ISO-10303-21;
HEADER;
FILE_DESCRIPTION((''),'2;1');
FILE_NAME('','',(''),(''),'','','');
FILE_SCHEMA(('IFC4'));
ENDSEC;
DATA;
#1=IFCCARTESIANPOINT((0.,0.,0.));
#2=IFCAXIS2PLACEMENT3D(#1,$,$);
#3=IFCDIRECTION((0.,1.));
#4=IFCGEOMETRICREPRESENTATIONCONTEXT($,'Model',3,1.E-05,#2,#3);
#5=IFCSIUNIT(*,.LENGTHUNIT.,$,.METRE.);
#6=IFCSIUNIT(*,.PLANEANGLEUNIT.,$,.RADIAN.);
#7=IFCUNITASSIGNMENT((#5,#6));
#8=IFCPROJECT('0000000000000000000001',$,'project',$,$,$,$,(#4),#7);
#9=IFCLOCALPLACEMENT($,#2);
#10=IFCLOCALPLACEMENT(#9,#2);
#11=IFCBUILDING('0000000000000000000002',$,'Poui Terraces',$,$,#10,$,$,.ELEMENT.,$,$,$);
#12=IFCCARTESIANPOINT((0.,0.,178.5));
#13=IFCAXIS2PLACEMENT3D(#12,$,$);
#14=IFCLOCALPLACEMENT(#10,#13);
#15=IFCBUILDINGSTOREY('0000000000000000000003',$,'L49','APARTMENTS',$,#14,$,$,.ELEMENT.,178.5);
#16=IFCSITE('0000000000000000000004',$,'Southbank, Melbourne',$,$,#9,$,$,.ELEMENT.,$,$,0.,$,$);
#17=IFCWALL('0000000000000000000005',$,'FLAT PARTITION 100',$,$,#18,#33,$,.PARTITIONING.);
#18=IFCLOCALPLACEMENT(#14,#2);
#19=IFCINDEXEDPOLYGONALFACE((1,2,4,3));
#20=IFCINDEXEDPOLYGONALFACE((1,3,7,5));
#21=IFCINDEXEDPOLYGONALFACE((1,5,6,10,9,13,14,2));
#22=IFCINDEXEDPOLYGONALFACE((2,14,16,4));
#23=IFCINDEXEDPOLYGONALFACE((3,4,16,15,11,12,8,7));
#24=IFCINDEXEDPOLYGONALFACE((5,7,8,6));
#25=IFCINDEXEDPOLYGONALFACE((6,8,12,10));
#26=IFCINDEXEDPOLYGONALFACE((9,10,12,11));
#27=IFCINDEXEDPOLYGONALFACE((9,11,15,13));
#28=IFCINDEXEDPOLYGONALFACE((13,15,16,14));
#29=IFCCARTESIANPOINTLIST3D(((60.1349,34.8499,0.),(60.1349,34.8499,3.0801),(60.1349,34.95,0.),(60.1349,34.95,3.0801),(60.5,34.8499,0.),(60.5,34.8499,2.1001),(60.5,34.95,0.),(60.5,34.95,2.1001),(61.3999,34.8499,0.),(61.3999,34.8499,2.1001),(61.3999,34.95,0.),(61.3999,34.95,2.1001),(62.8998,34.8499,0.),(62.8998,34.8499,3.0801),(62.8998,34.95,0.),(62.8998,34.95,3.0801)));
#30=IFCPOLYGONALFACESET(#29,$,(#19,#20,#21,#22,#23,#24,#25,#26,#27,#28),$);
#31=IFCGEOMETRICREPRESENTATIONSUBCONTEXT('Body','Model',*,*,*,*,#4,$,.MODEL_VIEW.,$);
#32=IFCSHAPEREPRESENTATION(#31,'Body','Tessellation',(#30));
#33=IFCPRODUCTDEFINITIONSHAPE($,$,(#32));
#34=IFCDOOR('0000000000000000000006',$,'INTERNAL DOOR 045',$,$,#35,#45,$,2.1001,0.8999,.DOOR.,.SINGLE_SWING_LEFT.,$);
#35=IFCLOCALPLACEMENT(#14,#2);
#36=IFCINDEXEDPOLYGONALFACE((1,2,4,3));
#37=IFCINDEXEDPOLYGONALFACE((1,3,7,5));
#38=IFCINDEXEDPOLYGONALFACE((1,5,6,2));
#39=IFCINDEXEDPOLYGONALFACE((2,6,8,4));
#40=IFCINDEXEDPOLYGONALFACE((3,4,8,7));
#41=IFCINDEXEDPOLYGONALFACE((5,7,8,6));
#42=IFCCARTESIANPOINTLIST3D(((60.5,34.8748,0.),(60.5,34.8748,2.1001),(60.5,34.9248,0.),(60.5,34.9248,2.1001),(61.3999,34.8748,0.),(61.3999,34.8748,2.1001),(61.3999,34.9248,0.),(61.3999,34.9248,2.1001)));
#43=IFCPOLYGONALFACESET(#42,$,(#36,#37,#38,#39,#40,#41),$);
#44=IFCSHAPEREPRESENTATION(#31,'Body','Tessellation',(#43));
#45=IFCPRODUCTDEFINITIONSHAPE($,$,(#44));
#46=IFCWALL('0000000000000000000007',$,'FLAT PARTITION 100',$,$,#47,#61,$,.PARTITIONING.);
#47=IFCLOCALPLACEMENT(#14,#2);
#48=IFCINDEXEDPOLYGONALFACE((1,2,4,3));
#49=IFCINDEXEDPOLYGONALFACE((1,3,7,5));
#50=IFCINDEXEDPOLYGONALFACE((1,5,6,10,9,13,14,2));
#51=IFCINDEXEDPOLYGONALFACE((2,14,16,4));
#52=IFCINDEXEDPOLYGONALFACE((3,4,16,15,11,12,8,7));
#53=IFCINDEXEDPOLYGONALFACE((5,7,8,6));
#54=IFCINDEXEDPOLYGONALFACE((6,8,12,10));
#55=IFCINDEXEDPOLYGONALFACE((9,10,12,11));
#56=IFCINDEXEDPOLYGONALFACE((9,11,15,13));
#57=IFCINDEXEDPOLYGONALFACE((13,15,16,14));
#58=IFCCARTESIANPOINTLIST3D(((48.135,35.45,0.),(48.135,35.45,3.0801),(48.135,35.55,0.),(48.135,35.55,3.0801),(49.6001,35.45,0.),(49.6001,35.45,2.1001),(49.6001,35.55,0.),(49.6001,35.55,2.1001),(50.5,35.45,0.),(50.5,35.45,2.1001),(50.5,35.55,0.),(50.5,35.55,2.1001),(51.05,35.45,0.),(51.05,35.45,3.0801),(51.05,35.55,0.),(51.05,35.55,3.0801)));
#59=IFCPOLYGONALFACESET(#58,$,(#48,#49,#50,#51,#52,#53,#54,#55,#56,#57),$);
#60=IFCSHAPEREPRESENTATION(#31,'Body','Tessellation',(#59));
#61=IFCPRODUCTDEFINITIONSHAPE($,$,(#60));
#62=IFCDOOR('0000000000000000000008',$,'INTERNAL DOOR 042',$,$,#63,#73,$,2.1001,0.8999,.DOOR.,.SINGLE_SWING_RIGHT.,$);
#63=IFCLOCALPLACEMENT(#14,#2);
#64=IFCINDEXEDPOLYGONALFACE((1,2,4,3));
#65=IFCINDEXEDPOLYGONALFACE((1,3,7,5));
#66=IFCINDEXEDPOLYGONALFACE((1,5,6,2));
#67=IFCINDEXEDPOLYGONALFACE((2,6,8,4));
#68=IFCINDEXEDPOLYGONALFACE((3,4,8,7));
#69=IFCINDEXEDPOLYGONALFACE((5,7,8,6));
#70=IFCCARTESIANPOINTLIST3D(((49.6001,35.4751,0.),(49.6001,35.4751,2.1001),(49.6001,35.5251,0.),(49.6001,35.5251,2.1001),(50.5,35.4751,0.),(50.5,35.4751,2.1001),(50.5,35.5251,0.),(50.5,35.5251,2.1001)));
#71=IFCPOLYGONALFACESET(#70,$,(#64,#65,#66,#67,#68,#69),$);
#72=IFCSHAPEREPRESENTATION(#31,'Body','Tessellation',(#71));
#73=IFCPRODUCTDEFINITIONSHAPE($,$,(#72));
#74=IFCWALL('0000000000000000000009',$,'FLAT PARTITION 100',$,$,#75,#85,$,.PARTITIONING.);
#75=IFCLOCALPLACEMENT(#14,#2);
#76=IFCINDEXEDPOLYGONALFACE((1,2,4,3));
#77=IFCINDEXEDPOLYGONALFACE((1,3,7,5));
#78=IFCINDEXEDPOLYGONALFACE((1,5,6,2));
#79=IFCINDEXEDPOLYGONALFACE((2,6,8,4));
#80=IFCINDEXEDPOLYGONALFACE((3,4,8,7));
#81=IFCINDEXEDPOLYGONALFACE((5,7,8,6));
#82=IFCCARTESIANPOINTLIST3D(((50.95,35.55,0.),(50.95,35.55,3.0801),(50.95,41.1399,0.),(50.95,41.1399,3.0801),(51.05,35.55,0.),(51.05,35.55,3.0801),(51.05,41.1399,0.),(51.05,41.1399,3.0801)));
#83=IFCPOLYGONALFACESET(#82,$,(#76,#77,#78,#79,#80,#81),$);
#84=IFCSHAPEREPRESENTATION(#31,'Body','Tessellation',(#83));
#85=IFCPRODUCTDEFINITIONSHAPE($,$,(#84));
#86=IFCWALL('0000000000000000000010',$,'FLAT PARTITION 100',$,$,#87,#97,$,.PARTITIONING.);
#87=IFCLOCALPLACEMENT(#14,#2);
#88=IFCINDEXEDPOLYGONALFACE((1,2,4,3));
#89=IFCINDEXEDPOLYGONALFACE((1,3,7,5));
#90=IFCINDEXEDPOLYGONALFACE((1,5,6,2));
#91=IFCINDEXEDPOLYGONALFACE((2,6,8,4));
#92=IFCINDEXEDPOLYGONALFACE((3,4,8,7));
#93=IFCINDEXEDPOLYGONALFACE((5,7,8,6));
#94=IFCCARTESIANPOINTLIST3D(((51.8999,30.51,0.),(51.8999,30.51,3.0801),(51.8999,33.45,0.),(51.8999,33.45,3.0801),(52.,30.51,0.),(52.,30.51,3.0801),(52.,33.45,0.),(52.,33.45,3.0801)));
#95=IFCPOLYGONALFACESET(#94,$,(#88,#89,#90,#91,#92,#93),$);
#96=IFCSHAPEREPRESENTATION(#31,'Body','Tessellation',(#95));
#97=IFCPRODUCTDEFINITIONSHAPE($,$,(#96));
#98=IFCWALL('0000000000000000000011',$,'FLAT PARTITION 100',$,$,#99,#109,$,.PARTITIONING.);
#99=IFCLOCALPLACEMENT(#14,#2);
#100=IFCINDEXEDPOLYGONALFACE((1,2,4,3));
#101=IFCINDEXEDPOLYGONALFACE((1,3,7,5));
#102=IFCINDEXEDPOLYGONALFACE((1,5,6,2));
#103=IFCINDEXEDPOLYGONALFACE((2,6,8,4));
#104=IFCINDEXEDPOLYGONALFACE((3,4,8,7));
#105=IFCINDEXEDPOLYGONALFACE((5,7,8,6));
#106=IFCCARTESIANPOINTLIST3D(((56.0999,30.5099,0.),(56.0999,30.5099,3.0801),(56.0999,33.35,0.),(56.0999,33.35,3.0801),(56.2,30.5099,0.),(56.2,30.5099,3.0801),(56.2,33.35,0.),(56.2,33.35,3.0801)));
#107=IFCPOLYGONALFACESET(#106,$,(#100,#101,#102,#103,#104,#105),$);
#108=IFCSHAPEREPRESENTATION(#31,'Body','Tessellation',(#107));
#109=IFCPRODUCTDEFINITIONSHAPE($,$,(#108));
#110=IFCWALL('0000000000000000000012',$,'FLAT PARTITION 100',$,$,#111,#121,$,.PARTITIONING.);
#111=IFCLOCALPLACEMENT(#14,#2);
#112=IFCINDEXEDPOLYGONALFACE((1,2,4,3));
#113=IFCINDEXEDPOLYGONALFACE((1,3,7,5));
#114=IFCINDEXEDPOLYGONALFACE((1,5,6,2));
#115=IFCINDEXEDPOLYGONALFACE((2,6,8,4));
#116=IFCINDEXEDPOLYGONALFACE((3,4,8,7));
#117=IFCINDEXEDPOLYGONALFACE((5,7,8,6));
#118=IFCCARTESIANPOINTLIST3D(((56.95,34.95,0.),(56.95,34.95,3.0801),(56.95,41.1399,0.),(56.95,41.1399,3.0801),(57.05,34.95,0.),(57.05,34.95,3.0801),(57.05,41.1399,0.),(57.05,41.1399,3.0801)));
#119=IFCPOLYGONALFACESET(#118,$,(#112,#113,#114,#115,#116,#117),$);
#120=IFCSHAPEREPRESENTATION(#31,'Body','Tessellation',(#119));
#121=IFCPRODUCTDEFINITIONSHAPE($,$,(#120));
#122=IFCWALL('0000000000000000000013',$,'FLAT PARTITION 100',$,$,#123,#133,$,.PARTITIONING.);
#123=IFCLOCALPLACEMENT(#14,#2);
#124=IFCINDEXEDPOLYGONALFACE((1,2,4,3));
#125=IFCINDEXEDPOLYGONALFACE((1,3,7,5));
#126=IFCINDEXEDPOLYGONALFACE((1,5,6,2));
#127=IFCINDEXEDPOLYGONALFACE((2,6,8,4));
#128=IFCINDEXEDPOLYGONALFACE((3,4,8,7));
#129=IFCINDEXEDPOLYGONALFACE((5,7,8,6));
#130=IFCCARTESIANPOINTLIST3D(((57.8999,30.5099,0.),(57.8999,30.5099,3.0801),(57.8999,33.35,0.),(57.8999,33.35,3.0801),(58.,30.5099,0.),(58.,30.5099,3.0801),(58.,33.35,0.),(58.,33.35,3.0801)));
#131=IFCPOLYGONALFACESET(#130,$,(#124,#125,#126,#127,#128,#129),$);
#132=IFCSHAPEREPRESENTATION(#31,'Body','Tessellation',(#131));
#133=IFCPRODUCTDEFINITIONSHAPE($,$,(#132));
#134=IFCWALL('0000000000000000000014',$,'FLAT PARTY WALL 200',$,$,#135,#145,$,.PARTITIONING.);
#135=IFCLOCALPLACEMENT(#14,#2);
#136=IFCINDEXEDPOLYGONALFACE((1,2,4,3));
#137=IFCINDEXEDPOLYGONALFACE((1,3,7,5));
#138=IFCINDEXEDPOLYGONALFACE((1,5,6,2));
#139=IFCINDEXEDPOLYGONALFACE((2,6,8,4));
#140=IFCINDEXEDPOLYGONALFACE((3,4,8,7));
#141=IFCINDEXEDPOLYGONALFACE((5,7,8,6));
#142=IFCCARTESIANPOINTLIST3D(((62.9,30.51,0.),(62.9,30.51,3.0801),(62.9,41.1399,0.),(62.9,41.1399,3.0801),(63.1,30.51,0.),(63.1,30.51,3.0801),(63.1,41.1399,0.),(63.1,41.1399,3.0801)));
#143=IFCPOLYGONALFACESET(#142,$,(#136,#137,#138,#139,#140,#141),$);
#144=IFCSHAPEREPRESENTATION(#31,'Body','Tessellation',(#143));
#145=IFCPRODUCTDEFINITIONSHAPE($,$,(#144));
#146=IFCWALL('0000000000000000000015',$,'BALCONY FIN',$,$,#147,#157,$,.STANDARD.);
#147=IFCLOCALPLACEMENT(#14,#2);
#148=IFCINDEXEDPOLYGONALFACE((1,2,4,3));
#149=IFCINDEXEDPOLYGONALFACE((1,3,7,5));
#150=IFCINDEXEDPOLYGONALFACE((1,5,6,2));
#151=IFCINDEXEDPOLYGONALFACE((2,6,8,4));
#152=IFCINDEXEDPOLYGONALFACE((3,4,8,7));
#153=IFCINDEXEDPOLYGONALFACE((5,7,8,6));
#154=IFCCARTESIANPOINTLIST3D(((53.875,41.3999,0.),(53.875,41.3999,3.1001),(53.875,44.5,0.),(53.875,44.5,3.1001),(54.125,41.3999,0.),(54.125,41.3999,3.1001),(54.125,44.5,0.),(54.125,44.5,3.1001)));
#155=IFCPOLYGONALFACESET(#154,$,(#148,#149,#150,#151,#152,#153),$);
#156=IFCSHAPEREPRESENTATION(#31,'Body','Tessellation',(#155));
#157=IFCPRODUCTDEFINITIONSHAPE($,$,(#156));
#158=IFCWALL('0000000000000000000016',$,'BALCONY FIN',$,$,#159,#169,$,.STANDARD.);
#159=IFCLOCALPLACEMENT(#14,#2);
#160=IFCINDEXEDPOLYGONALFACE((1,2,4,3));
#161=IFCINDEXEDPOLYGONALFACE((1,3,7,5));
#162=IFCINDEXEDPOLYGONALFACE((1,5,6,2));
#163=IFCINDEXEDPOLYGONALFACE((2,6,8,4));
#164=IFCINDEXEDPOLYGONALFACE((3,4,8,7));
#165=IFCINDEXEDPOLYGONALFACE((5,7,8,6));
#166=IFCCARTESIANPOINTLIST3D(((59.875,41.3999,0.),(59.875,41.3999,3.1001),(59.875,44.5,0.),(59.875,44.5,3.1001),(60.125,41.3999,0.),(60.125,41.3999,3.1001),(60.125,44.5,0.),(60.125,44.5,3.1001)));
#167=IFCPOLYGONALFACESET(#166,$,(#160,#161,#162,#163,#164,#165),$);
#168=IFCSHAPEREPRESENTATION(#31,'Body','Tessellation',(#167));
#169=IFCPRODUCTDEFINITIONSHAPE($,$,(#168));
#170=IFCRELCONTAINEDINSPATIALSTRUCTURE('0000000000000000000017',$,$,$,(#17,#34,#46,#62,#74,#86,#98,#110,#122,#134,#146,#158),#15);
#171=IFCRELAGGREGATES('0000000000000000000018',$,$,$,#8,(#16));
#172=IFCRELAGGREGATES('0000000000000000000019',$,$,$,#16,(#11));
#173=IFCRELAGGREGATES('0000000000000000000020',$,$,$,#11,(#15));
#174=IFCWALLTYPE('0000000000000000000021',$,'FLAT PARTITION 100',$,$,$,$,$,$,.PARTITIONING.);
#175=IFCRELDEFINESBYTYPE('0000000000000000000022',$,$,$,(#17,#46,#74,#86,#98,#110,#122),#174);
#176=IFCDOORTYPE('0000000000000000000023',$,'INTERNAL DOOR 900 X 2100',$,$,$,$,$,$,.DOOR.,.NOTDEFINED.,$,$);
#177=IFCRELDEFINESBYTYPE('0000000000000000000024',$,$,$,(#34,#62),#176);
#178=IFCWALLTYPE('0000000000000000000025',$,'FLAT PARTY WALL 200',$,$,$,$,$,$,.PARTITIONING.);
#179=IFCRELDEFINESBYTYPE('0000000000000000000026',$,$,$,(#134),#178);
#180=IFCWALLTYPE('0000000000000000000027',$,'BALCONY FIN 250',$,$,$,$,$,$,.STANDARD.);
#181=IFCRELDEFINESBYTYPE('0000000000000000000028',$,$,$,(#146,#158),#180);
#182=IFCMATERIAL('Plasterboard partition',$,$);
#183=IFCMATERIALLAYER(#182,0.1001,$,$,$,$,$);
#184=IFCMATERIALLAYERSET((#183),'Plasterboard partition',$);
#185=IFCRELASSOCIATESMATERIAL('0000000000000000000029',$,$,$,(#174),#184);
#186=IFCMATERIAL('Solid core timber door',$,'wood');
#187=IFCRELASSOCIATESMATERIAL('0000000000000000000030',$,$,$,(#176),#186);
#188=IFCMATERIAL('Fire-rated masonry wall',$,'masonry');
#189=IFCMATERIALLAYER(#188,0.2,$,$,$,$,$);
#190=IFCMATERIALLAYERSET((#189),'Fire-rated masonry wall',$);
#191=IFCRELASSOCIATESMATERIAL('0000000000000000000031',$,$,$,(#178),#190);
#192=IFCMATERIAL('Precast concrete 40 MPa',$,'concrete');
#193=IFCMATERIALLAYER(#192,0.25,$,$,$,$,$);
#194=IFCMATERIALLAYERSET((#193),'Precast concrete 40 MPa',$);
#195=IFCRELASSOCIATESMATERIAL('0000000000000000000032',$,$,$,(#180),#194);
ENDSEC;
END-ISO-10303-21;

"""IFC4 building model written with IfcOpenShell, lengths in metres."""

from ifc_helpers import new_model, si_unit, direction, frame, frame_2d, origin, place, context, subcontext, project, spatial, polyline, rectangle, outline, extrude, source, transform, mapped, material, layer, layer_set, type_object, element, fill, save


model = new_model("IFC4")

# Units and contexts
model_context = context("Model", 3, precision=1e-05, world=origin(), true_north=direction((0.0, 1.0)))
body_context = subcontext(model_context, "Body", "Model", "MODEL_VIEW")
ifc_project = project(units=[si_unit("LENGTHUNIT", "METRE"), si_unit("PLANEANGLEUNIT", "RADIAN")], contexts=[model_context])

# Site, building, storey
site_placement = place(None, origin())
site = spatial("IfcSite", under=ifc_project, at=site_placement, Name="Southbank, Melbourne", CompositionType="ELEMENT", RefElevation=0.0)
building_placement = place(site_placement, origin())
building = spatial("IfcBuilding", under=site, at=building_placement, Name="Poui Terraces", CompositionType="ELEMENT")
storey_placement = place(building_placement, frame((0.0, 0.0, 178.5)))
storey = spatial("IfcBuildingStorey", under=building, at=storey_placement, Name="L49", Description="APARTMENTS", CompositionType="ELEMENT", Elevation=178.5)

# Walls, openings, doors
ifc_material_1 = material(Name="Plasterboard partition")
ifc_layer_1 = layer(ifc_material_1, 0.1001)
ifc_layer_set_1 = layer_set([ifc_layer_1], Name="Plasterboard partition")
wall_type_1 = type_object("IfcWallType", Name="FLAT PARTITION 100", PredefinedType="PARTITIONING", material=ifc_layer_set_1)
ifc_material_2 = material(Name="Solid core timber door", Category="wood")
door_type_1 = type_object("IfcDoorType", Name="INTERNAL DOOR 900 X 2100", OperationType="NOTDEFINED", PredefinedType="DOOR", material=ifc_material_2)
wall_1_placement = place(storey_placement, frame((60.135, 34.8999, 0.0), z_axis=(0.0, 0.0, 1.0), x_axis=(1.0, 0.0, 0.0)))
wall_1 = element("IfcWall", 1, at=wall_1_placement, inside=storey, type_object=wall_type_1, Name="FLAT PARTITION 100", PredefinedType="PARTITIONING", context=body_context, shape_type="SweptSolid", body=[
    extrude(rectangle(XDim=2.7649, YDim=0.1001, at=frame_2d((1.3823, 0.0))), origin(), (0.0, 0.0, 1.0), 3.0801),
])
opening_1_placement = place(wall_1_placement, frame((0.365, 0.0, 0.0)))
opening_1 = element("IfcOpeningElement", 2, at=opening_1_placement, cuts=wall_1, PredefinedType="OPENING", context=body_context, shape_type="SweptSolid", body=[
    extrude(rectangle(XDim=0.8999, YDim=2.1001, at=frame_2d((0.45, 1.05))), frame((0.0, 0.0601, 0.0), z_axis=(0.0, -1.0, 0.0), x_axis=(1.0, 0.0, 0.0)), (0.0, 0.0, 1.0), 0.1201),
])
door_1_placement = place(opening_1_placement, origin())
door_1 = element("IfcDoor", 3, at=door_1_placement, inside=storey, type_object=door_type_1, Name="INTERNAL DOOR 045", OperationType="SINGLE_SWING_LEFT", OverallHeight=2.1001, OverallWidth=0.8999, PredefinedType="DOOR", context=body_context, shape_type="SweptSolid", body=[
    extrude(rectangle(XDim=0.8999, YDim=2.1001, at=frame_2d((0.45, 1.05))), frame((0.0, 0.0249, 0.0), z_axis=(0.0, -1.0, 0.0), x_axis=(1.0, 0.0, 0.0)), (0.0, 0.0, 1.0), 0.05),
])
fill(opening_1, door_1)
wall_2_placement = place(storey_placement, frame((48.135, 35.5, 0.0), z_axis=(0.0, 0.0, 1.0), x_axis=(1.0, 0.0, 0.0)))
wall_2 = element("IfcWall", 4, at=wall_2_placement, inside=storey, type_object=wall_type_1, Name="FLAT PARTITION 100", PredefinedType="PARTITIONING", context=body_context, shape_type="SweptSolid", body=[
    extrude(rectangle(XDim=2.915, YDim=0.1001, at=frame_2d((1.4575, 0.0))), origin(), (0.0, 0.0, 1.0), 3.0801),
])
opening_2_placement = place(wall_2_placement, frame((1.4651, 0.0, 0.0)))
opening_2 = element("IfcOpeningElement", 5, at=opening_2_placement, cuts=wall_2, PredefinedType="OPENING", context=body_context, shape_type="SweptSolid", body=[
    extrude(rectangle(XDim=0.8999, YDim=2.1001, at=frame_2d((0.45, 1.05))), frame((0.0, 0.0601, 0.0), z_axis=(0.0, -1.0, 0.0), x_axis=(1.0, 0.0, 0.0)), (0.0, 0.0, 1.0), 0.1201),
])
door_2_placement = place(opening_2_placement, frame((0.8999, 0.0, 0.0), z_axis=(0.0, 0.0, 1.0), x_axis=(-1.0, 0.0, 0.0)))
door_2 = element("IfcDoor", 6, at=door_2_placement, inside=storey, type_object=door_type_1, Name="INTERNAL DOOR 042", OperationType="SINGLE_SWING_RIGHT", OverallHeight=2.1001, OverallWidth=0.8999, PredefinedType="DOOR", context=body_context, shape_type="SweptSolid", body=[
    extrude(rectangle(XDim=0.8999, YDim=2.1001, at=frame_2d((0.45, 1.05))), frame((0.0, 0.0249, 0.0), z_axis=(0.0, -1.0, 0.0), x_axis=(1.0, 0.0, 0.0)), (0.0, 0.0, 1.0), 0.05),
])
fill(opening_2, door_2)

# Walls
wall_3_placement = place(storey_placement, frame((51.0, 35.55, 0.0), z_axis=(0.0, 0.0, 1.0), x_axis=(0.0, 1.0, 0.0)))
element("IfcWall", 7, at=wall_3_placement, inside=storey, type_object=wall_type_1, Name="FLAT PARTITION 100", PredefinedType="PARTITIONING", context=body_context, shape_type="SweptSolid", body=[
    extrude(rectangle(XDim=5.5898, YDim=0.1001, at=frame_2d((2.7949, 0.0))), origin(), (0.0, 0.0, 1.0), 3.0801),
])
wall_4_placement = place(storey_placement, frame((51.95, 30.51, 0.0), z_axis=(0.0, 0.0, 1.0), x_axis=(0.0, 1.0, 0.0)))
element("IfcWall", 8, at=wall_4_placement, inside=storey, type_object=wall_type_1, Name="FLAT PARTITION 100", PredefinedType="PARTITIONING", context=body_context, shape_type="SweptSolid", body=[
    extrude(rectangle(XDim=2.9399, YDim=0.1001, at=frame_2d((1.47, 0.0))), origin(), (0.0, 0.0, 1.0), 3.0801),
])
wall_5_placement = place(storey_placement, frame((56.1499, 30.51, 0.0), z_axis=(0.0, 0.0, 1.0), x_axis=(0.0, 1.0, 0.0)))
element("IfcWall", 9, at=wall_5_placement, inside=storey, type_object=wall_type_1, Name="FLAT PARTITION 100", PredefinedType="PARTITIONING", context=body_context, shape_type="SweptSolid", body=[
    extrude(rectangle(XDim=2.8401, YDim=0.1001, at=frame_2d((1.4199, 0.0))), origin(), (0.0, 0.0, 1.0), 3.0801),
])
wall_6_placement = place(storey_placement, frame((57.0, 34.95, 0.0), z_axis=(0.0, 0.0, 1.0), x_axis=(0.0, 1.0, 0.0)))
element("IfcWall", 10, at=wall_6_placement, inside=storey, type_object=wall_type_1, Name="FLAT PARTITION 100", PredefinedType="PARTITIONING", context=body_context, shape_type="SweptSolid", body=[
    extrude(rectangle(XDim=6.1899, YDim=0.1001, at=frame_2d((3.095, 0.0))), origin(), (0.0, 0.0, 1.0), 3.0801),
])
wall_7_placement = place(storey_placement, frame((57.95, 30.51, 0.0), z_axis=(0.0, 0.0, 1.0), x_axis=(0.0, 1.0, 0.0)))
element("IfcWall", 11, at=wall_7_placement, inside=storey, type_object=wall_type_1, Name="FLAT PARTITION 100", PredefinedType="PARTITIONING", context=body_context, shape_type="SweptSolid", body=[
    extrude(rectangle(XDim=2.8401, YDim=0.1001, at=frame_2d((1.4199, 0.0))), origin(), (0.0, 0.0, 1.0), 3.0801),
])
ifc_material_3 = material(Name="Fire-rated masonry wall", Category="masonry")
ifc_layer_2 = layer(ifc_material_3, 0.2)
ifc_layer_set_2 = layer_set([ifc_layer_2], Name="Fire-rated masonry wall")
wall_type_2 = type_object("IfcWallType", Name="FLAT PARTY WALL 200", PredefinedType="PARTITIONING", material=ifc_layer_set_2)
wall_8_placement = place(storey_placement, frame((63.0, 30.51, 0.0), z_axis=(0.0, 0.0, 1.0), x_axis=(0.0, 1.0, 0.0)))
element("IfcWall", 12, at=wall_8_placement, inside=storey, type_object=wall_type_2, Name="FLAT PARTY WALL 200", PredefinedType="PARTITIONING", context=body_context, shape_type="SweptSolid", body=[
    extrude(rectangle(XDim=10.6299, YDim=0.2, at=frame_2d((5.3149, 0.0))), origin(), (0.0, 0.0, 1.0), 3.0801),
])
ifc_material_4 = material(Name="Precast concrete 40 MPa", Category="concrete")
ifc_layer_3 = layer(ifc_material_4, 0.25)
ifc_layer_set_3 = layer_set([ifc_layer_3], Name="Precast concrete 40 MPa")
wall_type_3 = type_object("IfcWallType", Name="BALCONY FIN 250", PredefinedType="STANDARD", material=ifc_layer_set_3)
shared_shape_1 = source(origin(), body_context, "Body", "SweptSolid", [
    extrude(outline(polyline([(0.0, 0.0), (0.25, 0.0), (0.25, 3.1001), (0.0, 3.1001), (0.0, 0.0)])), origin(), (0.0, 0.0, 1.0), 3.1001),
])
for number, where, name in (
    (13, (53.875, 41.3999, 0.0), "BALCONY FIN"),
    (14, (59.875, 41.3999, 0.0), "BALCONY FIN"),
):
    element("IfcWall", number, at=place(storey_placement, frame(where)), inside=storey, type_object=wall_type_3, Name=name, PredefinedType="STANDARD", context=body_context, shape_type="MappedRepresentation", body=[
        mapped(shared_shape_1, transform((0.0, 0.0, 0.0))),
    ])

save(model, "model.ifc")
